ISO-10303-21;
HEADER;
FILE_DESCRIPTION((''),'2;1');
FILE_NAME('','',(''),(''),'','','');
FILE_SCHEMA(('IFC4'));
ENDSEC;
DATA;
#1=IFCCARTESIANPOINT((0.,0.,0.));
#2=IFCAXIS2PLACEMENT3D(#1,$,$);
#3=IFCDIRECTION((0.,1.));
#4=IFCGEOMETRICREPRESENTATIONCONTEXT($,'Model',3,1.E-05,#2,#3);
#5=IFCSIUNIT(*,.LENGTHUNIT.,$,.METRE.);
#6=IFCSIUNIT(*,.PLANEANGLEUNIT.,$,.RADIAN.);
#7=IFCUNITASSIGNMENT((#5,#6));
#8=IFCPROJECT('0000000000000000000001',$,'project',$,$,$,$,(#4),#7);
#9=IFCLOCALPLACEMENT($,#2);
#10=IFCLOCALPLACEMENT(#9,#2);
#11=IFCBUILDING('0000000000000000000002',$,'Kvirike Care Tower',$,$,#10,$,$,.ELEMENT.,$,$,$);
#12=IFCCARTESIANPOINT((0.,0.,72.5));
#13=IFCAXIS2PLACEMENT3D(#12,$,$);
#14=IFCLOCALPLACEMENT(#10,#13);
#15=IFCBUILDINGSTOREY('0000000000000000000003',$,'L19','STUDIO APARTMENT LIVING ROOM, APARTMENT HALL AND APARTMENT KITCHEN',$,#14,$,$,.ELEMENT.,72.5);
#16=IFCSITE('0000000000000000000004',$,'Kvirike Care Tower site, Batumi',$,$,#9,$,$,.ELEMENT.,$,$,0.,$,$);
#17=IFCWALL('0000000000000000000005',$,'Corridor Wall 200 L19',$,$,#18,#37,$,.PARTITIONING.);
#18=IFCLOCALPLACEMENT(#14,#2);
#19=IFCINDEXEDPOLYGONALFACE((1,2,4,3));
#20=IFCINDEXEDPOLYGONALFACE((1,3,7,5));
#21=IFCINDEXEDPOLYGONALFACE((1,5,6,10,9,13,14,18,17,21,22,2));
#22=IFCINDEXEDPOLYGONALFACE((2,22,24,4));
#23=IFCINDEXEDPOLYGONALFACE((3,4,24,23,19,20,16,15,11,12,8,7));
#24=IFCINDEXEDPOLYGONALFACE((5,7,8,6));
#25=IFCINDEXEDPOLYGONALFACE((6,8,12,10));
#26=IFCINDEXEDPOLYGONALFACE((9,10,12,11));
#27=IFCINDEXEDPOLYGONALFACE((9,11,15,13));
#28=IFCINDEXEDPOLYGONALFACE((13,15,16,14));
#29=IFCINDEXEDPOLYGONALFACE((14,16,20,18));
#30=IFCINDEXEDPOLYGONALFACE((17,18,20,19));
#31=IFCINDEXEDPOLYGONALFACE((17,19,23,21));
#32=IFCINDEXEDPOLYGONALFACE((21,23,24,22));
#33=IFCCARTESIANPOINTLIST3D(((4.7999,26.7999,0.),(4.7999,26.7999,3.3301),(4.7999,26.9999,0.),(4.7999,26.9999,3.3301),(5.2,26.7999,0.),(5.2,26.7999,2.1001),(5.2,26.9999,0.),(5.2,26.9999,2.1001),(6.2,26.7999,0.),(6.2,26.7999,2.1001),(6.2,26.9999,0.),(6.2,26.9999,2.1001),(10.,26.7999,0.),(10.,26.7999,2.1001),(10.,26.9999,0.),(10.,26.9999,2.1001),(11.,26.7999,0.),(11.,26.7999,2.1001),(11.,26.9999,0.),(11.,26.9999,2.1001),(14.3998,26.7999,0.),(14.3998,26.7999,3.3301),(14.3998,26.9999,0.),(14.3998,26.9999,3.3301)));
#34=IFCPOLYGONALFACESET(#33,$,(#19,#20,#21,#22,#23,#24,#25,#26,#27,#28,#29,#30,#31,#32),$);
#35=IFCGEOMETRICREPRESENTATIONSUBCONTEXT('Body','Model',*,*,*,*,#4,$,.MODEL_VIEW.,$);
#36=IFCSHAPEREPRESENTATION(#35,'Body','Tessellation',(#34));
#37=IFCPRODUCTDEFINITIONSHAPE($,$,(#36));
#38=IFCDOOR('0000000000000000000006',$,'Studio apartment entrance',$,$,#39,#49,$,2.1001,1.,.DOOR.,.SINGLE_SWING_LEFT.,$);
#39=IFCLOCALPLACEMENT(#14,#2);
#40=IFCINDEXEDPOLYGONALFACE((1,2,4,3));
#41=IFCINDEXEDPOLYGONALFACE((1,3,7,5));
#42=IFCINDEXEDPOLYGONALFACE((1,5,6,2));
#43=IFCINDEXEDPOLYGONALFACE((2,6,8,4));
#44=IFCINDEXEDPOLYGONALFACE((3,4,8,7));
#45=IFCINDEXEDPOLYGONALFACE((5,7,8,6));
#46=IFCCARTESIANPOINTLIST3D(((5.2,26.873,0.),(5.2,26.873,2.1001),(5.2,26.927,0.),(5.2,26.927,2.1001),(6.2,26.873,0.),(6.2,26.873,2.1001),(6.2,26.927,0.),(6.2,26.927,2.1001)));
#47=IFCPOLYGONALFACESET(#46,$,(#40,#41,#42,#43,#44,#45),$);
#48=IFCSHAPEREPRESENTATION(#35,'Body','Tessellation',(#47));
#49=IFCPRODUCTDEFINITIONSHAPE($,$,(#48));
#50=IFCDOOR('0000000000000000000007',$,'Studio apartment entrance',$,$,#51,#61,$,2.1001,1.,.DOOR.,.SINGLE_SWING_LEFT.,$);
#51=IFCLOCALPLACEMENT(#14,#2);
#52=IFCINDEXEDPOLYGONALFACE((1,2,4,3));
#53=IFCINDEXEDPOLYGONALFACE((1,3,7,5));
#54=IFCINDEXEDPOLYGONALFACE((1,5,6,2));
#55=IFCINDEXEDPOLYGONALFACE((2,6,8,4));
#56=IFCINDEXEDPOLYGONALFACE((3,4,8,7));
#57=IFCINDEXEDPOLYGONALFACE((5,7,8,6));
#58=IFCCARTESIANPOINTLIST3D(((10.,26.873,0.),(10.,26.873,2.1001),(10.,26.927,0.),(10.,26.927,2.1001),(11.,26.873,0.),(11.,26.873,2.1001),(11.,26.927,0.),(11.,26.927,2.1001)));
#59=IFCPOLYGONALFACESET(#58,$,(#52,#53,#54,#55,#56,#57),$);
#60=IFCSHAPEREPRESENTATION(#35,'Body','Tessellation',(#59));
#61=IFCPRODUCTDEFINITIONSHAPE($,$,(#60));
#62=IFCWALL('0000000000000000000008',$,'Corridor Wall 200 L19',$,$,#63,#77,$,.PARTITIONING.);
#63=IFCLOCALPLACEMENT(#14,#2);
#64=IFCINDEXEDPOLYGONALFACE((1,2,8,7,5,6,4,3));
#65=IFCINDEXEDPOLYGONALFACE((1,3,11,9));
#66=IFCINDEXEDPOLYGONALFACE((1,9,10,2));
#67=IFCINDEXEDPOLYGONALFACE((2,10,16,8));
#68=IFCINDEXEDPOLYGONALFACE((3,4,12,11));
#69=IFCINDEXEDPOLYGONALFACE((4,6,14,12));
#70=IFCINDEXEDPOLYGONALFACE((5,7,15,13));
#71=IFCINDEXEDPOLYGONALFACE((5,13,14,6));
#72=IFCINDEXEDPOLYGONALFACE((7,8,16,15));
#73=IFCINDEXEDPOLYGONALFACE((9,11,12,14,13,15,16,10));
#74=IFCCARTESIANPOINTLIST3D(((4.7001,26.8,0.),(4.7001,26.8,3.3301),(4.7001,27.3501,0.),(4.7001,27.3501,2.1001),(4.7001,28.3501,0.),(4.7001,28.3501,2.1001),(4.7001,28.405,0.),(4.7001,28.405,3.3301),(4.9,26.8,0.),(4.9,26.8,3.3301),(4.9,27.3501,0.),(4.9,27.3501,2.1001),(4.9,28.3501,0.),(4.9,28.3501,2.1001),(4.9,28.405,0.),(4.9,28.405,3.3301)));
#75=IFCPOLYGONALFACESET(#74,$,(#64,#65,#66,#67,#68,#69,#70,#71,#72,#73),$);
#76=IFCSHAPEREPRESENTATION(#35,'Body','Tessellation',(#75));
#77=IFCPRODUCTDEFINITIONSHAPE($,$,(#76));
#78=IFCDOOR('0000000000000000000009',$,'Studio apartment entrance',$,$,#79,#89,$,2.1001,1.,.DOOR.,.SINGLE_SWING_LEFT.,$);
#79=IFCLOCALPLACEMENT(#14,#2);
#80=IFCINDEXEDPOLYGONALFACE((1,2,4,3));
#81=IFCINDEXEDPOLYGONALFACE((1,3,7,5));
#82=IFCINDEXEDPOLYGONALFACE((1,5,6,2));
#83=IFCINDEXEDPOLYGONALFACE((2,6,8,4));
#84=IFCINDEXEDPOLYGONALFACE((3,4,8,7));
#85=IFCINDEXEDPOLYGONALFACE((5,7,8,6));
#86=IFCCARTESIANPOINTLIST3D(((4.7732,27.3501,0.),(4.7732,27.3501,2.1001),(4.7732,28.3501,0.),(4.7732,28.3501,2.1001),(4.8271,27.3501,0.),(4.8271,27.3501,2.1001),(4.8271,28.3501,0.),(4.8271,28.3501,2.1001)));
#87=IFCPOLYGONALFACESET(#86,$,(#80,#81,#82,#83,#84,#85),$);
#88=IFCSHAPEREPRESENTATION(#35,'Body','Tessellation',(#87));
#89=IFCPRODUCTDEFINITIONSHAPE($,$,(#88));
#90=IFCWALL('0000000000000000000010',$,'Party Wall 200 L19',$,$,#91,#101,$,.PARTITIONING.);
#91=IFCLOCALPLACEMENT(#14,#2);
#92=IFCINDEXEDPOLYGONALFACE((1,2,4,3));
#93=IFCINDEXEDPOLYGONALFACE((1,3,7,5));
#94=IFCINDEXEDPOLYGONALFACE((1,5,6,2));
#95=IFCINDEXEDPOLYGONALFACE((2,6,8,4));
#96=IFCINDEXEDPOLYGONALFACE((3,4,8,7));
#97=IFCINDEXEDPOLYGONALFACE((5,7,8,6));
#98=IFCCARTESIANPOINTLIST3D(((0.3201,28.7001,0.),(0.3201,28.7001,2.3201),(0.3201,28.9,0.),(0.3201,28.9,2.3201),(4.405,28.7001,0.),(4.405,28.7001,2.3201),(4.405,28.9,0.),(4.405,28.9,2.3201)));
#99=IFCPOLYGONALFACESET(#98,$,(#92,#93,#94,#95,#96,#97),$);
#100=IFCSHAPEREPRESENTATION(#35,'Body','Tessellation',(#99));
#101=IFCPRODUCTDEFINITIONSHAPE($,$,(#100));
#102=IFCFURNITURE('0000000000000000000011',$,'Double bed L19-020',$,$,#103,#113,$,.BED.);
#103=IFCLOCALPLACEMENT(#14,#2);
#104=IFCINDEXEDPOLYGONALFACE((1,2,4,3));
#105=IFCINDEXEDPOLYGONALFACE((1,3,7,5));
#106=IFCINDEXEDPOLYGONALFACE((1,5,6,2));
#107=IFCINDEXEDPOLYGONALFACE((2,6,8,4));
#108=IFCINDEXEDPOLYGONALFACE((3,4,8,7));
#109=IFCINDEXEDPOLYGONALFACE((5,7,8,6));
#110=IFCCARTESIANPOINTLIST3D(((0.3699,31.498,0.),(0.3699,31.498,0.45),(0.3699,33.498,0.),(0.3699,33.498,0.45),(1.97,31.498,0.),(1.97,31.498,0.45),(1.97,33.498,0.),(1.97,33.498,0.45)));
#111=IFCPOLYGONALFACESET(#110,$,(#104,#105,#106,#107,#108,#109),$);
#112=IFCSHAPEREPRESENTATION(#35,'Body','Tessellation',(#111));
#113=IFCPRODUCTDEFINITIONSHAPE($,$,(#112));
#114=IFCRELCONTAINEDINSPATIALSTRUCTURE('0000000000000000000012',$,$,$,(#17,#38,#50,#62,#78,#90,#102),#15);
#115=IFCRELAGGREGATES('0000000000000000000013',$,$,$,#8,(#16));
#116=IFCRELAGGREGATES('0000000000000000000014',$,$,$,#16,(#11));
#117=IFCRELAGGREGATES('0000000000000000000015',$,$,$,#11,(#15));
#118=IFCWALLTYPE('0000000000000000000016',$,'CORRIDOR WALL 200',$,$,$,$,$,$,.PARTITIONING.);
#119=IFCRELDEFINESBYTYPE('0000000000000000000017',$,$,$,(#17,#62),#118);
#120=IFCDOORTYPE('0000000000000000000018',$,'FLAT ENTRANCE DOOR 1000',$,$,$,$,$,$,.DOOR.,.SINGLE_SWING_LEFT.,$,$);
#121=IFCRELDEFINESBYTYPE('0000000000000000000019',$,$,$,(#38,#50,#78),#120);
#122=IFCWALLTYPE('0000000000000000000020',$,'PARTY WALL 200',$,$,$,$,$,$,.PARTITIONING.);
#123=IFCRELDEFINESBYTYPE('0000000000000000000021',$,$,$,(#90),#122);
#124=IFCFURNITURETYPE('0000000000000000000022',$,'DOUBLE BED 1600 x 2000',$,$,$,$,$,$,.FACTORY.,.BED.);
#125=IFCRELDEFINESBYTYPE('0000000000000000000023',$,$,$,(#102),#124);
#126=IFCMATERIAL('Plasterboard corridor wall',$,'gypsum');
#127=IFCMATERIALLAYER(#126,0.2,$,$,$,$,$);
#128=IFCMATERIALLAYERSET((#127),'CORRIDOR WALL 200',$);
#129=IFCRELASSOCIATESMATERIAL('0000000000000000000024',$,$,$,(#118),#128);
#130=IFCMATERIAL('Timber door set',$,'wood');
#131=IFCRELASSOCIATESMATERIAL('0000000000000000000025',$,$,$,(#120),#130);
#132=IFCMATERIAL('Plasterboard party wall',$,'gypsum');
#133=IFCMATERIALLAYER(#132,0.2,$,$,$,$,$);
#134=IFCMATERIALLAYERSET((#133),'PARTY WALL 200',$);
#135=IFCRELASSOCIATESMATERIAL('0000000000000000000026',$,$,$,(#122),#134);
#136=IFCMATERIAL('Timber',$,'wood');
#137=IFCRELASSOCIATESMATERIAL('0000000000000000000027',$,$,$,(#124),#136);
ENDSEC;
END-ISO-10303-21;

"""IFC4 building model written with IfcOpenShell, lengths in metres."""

from ifc_helpers import new_model, si_unit, direction, frame, frame_2d, origin, origin_2d, place, context, subcontext, project, spatial, rectangle, extrude, material, layer, layer_set, type_object, element, fill, save


model = new_model("IFC4")

# Units and contexts
model_context = context("Model", 3, precision=1e-05, world=origin(), true_north=direction((0.0, 1.0)))
body_context = subcontext(model_context, "Body", "Model", "MODEL_VIEW")
ifc_project = project(units=[si_unit("LENGTHUNIT", "METRE"), si_unit("PLANEANGLEUNIT", "RADIAN")], contexts=[model_context])

# Site, building, storey
site_placement = place(None, origin())
site = spatial("IfcSite", under=ifc_project, at=site_placement, Name="Kvirike Care Tower site, Batumi", CompositionType="ELEMENT", RefElevation=0.0)
building_placement = place(site_placement, origin())
building = spatial("IfcBuilding", under=site, at=building_placement, Name="Kvirike Care Tower", CompositionType="ELEMENT")
storey_placement = place(building_placement, frame((0.0, 0.0, 72.5)))
storey = spatial("IfcBuildingStorey", under=building, at=storey_placement, Name="L19", Description="STUDIO APARTMENT LIVING ROOM, APARTMENT HALL AND APARTMENT KITCHEN", CompositionType="ELEMENT", Elevation=72.5)

# Wall, openings, doors
ifc_material_1 = material(Name="Plasterboard corridor wall", Category="gypsum")
ifc_layer_1 = layer(ifc_material_1, 0.2)
ifc_layer_set_1 = layer_set([ifc_layer_1], Name="CORRIDOR WALL 200")
wall_type_1 = type_object("IfcWallType", Name="CORRIDOR WALL 200", PredefinedType="PARTITIONING", material=ifc_layer_set_1)
wall_1_placement = place(storey_placement, frame((4.8, 26.8999, 0.0), z_axis=(0.0, 0.0, 1.0), x_axis=(1.0, 0.0, 0.0)))
wall_1 = element("IfcWall", 1, at=wall_1_placement, inside=storey, type_object=wall_type_1, Name="Corridor Wall 200 L19", PredefinedType="PARTITIONING", context=body_context, shape_type="SweptSolid", body=[
    extrude(rectangle(XDim=9.5999, YDim=0.2, at=frame_2d((4.7998, 0.0))), origin(), (0.0, 0.0, 1.0), 3.3301),
])
opening_1_placement = place(wall_1_placement, frame((0.3999, 0.0, 0.0)))
opening_1 = element("IfcOpeningElement", 2, at=opening_1_placement, cuts=wall_1, PredefinedType="OPENING", context=body_context, shape_type="SweptSolid", body=[
    extrude(rectangle(XDim=1.0, YDim=2.1001, at=frame_2d((0.5, 1.05))), frame((0.0, 0.1106, 0.0), z_axis=(0.0, -1.0, 0.0), x_axis=(1.0, 0.0, 0.0)), (0.0, 0.0, 1.0), 0.2209),
])
opening_2_placement = place(wall_1_placement, frame((5.2, 0.0, 0.0)))
opening_2 = element("IfcOpeningElement", 3, at=opening_2_placement, cuts=wall_1, PredefinedType="OPENING", context=body_context, shape_type="SweptSolid", body=[
    extrude(rectangle(XDim=1.0, YDim=2.1001, at=frame_2d((0.5, 1.05))), frame((0.0, 0.1106, 0.0), z_axis=(0.0, -1.0, 0.0), x_axis=(1.0, 0.0, 0.0)), (0.0, 0.0, 1.0), 0.2209),
])
ifc_material_2 = material(Name="Timber door set", Category="wood")
door_type = type_object("IfcDoorType", Name="FLAT ENTRANCE DOOR 1000", OperationType="SINGLE_SWING_LEFT", PredefinedType="DOOR", material=ifc_material_2)
door_1_placement = place(opening_1_placement, frame((1.0, 0.0, 0.0), z_axis=(0.0, 0.0, 1.0), x_axis=(-1.0, 0.0, 0.0)))
door_1 = element("IfcDoor", 4, at=door_1_placement, inside=storey, type_object=door_type, Name="Studio apartment entrance", OperationType="SINGLE_SWING_LEFT", OverallHeight=2.1001, OverallWidth=1.0, PredefinedType="DOOR", context=body_context, shape_type="SweptSolid", body=[
    extrude(rectangle(XDim=1.0, YDim=2.1001, at=frame_2d((0.5, 1.05))), frame((0.0, 0.0269, 0.0), z_axis=(0.0, -1.0, 0.0), x_axis=(1.0, 0.0, 0.0)), (0.0, 0.0, 1.0), 0.054),
])
fill(opening_1, door_1)
door_2_placement = place(opening_2_placement, frame((1.0, 0.0, 0.0), z_axis=(0.0, 0.0, 1.0), x_axis=(-1.0, 0.0, 0.0)))
door_2 = element("IfcDoor", 5, at=door_2_placement, inside=storey, type_object=door_type, Name="Studio apartment entrance", OperationType="SINGLE_SWING_LEFT", OverallHeight=2.1001, OverallWidth=1.0, PredefinedType="DOOR", context=body_context, shape_type="SweptSolid", body=[
    extrude(rectangle(XDim=1.0, YDim=2.1001, at=frame_2d((0.5, 1.05))), frame((0.0, 0.0269, 0.0), z_axis=(0.0, -1.0, 0.0), x_axis=(1.0, 0.0, 0.0)), (0.0, 0.0, 1.0), 0.054),
])
fill(opening_2, door_2)

# Wall, opening, door
wall_2_placement = place(storey_placement, frame((4.8, 26.8, 0.0), z_axis=(0.0, 0.0, 1.0), x_axis=(0.0, 1.0, 0.0)))
wall_2 = element("IfcWall", 6, at=wall_2_placement, inside=storey, type_object=wall_type_1, Name="Corridor Wall 200 L19", PredefinedType="PARTITIONING", context=body_context, shape_type="SweptSolid", body=[
    extrude(rectangle(XDim=1.605, YDim=0.2, at=frame_2d((0.8025, 0.0))), origin(), (0.0, 0.0, 1.0), 3.3301),
])
opening_3_placement = place(wall_2_placement, frame((0.55, 0.0, 0.0)))
opening_3 = element("IfcOpeningElement", 7, at=opening_3_placement, cuts=wall_2, PredefinedType="OPENING", context=body_context, shape_type="SweptSolid", body=[
    extrude(rectangle(XDim=1.0, YDim=2.1001, at=frame_2d((0.5, 1.05))), frame((0.0, 0.1106, 0.0), z_axis=(0.0, -1.0, 0.0), x_axis=(1.0, 0.0, 0.0)), (0.0, 0.0, 1.0), 0.2209),
])
door_3_placement = place(opening_3_placement, origin())
door_3 = element("IfcDoor", 8, at=door_3_placement, inside=storey, type_object=door_type, Name="Studio apartment entrance", OperationType="SINGLE_SWING_LEFT", OverallHeight=2.1001, OverallWidth=1.0, PredefinedType="DOOR", context=body_context, shape_type="SweptSolid", body=[
    extrude(rectangle(XDim=1.0, YDim=2.1001, at=frame_2d((0.5, 1.05))), frame((0.0, 0.0269, 0.0), z_axis=(0.0, -1.0, 0.0), x_axis=(1.0, 0.0, 0.0)), (0.0, 0.0, 1.0), 0.054),
])
fill(opening_3, door_3)

# Wall
ifc_material_3 = material(Name="Plasterboard party wall", Category="gypsum")
ifc_layer_2 = layer(ifc_material_3, 0.2)
ifc_layer_set_2 = layer_set([ifc_layer_2], Name="PARTY WALL 200")
wall_type_2 = type_object("IfcWallType", Name="PARTY WALL 200", PredefinedType="PARTITIONING", material=ifc_layer_set_2)
wall_3_placement = place(storey_placement, frame((4.405, 28.8, 0.0), z_axis=(0.0, 0.0, 1.0), x_axis=(-1.0, 0.0, 0.0)))
element("IfcWall", 9, at=wall_3_placement, inside=storey, type_object=wall_type_2, Name="Party Wall 200 L19", PredefinedType="PARTITIONING", context=body_context, shape_type="SweptSolid", body=[
    extrude(rectangle(XDim=4.085, YDim=0.2, at=frame_2d((2.0425, 0.0))), origin(), (0.0, 0.0, 1.0), 2.3201),
])

# Furniture
ifc_material_4 = material(Name="Timber", Category="wood")
furniture_type = type_object("IfcFurnitureType", Name="DOUBLE BED 1600 x 2000", AssemblyPlace="FACTORY", PredefinedType="BED", material=ifc_material_4)
furniture_placement = place(storey_placement, frame((1.1699, 32.498, 0.0), z_axis=(0.0, 0.0, 1.0), x_axis=(1.0, 0.0, 0.0)))
element("IfcFurniture", 10, at=furniture_placement, inside=storey, type_object=furniture_type, Name="Double bed L19-020", PredefinedType="BED", context=body_context, shape_type="SweptSolid", body=[
    extrude(rectangle(XDim=1.6001, YDim=2.0, at=origin_2d()), origin(), (0.0, 0.0, 1.0), 0.45),
])

save(model, "model.ifc")
